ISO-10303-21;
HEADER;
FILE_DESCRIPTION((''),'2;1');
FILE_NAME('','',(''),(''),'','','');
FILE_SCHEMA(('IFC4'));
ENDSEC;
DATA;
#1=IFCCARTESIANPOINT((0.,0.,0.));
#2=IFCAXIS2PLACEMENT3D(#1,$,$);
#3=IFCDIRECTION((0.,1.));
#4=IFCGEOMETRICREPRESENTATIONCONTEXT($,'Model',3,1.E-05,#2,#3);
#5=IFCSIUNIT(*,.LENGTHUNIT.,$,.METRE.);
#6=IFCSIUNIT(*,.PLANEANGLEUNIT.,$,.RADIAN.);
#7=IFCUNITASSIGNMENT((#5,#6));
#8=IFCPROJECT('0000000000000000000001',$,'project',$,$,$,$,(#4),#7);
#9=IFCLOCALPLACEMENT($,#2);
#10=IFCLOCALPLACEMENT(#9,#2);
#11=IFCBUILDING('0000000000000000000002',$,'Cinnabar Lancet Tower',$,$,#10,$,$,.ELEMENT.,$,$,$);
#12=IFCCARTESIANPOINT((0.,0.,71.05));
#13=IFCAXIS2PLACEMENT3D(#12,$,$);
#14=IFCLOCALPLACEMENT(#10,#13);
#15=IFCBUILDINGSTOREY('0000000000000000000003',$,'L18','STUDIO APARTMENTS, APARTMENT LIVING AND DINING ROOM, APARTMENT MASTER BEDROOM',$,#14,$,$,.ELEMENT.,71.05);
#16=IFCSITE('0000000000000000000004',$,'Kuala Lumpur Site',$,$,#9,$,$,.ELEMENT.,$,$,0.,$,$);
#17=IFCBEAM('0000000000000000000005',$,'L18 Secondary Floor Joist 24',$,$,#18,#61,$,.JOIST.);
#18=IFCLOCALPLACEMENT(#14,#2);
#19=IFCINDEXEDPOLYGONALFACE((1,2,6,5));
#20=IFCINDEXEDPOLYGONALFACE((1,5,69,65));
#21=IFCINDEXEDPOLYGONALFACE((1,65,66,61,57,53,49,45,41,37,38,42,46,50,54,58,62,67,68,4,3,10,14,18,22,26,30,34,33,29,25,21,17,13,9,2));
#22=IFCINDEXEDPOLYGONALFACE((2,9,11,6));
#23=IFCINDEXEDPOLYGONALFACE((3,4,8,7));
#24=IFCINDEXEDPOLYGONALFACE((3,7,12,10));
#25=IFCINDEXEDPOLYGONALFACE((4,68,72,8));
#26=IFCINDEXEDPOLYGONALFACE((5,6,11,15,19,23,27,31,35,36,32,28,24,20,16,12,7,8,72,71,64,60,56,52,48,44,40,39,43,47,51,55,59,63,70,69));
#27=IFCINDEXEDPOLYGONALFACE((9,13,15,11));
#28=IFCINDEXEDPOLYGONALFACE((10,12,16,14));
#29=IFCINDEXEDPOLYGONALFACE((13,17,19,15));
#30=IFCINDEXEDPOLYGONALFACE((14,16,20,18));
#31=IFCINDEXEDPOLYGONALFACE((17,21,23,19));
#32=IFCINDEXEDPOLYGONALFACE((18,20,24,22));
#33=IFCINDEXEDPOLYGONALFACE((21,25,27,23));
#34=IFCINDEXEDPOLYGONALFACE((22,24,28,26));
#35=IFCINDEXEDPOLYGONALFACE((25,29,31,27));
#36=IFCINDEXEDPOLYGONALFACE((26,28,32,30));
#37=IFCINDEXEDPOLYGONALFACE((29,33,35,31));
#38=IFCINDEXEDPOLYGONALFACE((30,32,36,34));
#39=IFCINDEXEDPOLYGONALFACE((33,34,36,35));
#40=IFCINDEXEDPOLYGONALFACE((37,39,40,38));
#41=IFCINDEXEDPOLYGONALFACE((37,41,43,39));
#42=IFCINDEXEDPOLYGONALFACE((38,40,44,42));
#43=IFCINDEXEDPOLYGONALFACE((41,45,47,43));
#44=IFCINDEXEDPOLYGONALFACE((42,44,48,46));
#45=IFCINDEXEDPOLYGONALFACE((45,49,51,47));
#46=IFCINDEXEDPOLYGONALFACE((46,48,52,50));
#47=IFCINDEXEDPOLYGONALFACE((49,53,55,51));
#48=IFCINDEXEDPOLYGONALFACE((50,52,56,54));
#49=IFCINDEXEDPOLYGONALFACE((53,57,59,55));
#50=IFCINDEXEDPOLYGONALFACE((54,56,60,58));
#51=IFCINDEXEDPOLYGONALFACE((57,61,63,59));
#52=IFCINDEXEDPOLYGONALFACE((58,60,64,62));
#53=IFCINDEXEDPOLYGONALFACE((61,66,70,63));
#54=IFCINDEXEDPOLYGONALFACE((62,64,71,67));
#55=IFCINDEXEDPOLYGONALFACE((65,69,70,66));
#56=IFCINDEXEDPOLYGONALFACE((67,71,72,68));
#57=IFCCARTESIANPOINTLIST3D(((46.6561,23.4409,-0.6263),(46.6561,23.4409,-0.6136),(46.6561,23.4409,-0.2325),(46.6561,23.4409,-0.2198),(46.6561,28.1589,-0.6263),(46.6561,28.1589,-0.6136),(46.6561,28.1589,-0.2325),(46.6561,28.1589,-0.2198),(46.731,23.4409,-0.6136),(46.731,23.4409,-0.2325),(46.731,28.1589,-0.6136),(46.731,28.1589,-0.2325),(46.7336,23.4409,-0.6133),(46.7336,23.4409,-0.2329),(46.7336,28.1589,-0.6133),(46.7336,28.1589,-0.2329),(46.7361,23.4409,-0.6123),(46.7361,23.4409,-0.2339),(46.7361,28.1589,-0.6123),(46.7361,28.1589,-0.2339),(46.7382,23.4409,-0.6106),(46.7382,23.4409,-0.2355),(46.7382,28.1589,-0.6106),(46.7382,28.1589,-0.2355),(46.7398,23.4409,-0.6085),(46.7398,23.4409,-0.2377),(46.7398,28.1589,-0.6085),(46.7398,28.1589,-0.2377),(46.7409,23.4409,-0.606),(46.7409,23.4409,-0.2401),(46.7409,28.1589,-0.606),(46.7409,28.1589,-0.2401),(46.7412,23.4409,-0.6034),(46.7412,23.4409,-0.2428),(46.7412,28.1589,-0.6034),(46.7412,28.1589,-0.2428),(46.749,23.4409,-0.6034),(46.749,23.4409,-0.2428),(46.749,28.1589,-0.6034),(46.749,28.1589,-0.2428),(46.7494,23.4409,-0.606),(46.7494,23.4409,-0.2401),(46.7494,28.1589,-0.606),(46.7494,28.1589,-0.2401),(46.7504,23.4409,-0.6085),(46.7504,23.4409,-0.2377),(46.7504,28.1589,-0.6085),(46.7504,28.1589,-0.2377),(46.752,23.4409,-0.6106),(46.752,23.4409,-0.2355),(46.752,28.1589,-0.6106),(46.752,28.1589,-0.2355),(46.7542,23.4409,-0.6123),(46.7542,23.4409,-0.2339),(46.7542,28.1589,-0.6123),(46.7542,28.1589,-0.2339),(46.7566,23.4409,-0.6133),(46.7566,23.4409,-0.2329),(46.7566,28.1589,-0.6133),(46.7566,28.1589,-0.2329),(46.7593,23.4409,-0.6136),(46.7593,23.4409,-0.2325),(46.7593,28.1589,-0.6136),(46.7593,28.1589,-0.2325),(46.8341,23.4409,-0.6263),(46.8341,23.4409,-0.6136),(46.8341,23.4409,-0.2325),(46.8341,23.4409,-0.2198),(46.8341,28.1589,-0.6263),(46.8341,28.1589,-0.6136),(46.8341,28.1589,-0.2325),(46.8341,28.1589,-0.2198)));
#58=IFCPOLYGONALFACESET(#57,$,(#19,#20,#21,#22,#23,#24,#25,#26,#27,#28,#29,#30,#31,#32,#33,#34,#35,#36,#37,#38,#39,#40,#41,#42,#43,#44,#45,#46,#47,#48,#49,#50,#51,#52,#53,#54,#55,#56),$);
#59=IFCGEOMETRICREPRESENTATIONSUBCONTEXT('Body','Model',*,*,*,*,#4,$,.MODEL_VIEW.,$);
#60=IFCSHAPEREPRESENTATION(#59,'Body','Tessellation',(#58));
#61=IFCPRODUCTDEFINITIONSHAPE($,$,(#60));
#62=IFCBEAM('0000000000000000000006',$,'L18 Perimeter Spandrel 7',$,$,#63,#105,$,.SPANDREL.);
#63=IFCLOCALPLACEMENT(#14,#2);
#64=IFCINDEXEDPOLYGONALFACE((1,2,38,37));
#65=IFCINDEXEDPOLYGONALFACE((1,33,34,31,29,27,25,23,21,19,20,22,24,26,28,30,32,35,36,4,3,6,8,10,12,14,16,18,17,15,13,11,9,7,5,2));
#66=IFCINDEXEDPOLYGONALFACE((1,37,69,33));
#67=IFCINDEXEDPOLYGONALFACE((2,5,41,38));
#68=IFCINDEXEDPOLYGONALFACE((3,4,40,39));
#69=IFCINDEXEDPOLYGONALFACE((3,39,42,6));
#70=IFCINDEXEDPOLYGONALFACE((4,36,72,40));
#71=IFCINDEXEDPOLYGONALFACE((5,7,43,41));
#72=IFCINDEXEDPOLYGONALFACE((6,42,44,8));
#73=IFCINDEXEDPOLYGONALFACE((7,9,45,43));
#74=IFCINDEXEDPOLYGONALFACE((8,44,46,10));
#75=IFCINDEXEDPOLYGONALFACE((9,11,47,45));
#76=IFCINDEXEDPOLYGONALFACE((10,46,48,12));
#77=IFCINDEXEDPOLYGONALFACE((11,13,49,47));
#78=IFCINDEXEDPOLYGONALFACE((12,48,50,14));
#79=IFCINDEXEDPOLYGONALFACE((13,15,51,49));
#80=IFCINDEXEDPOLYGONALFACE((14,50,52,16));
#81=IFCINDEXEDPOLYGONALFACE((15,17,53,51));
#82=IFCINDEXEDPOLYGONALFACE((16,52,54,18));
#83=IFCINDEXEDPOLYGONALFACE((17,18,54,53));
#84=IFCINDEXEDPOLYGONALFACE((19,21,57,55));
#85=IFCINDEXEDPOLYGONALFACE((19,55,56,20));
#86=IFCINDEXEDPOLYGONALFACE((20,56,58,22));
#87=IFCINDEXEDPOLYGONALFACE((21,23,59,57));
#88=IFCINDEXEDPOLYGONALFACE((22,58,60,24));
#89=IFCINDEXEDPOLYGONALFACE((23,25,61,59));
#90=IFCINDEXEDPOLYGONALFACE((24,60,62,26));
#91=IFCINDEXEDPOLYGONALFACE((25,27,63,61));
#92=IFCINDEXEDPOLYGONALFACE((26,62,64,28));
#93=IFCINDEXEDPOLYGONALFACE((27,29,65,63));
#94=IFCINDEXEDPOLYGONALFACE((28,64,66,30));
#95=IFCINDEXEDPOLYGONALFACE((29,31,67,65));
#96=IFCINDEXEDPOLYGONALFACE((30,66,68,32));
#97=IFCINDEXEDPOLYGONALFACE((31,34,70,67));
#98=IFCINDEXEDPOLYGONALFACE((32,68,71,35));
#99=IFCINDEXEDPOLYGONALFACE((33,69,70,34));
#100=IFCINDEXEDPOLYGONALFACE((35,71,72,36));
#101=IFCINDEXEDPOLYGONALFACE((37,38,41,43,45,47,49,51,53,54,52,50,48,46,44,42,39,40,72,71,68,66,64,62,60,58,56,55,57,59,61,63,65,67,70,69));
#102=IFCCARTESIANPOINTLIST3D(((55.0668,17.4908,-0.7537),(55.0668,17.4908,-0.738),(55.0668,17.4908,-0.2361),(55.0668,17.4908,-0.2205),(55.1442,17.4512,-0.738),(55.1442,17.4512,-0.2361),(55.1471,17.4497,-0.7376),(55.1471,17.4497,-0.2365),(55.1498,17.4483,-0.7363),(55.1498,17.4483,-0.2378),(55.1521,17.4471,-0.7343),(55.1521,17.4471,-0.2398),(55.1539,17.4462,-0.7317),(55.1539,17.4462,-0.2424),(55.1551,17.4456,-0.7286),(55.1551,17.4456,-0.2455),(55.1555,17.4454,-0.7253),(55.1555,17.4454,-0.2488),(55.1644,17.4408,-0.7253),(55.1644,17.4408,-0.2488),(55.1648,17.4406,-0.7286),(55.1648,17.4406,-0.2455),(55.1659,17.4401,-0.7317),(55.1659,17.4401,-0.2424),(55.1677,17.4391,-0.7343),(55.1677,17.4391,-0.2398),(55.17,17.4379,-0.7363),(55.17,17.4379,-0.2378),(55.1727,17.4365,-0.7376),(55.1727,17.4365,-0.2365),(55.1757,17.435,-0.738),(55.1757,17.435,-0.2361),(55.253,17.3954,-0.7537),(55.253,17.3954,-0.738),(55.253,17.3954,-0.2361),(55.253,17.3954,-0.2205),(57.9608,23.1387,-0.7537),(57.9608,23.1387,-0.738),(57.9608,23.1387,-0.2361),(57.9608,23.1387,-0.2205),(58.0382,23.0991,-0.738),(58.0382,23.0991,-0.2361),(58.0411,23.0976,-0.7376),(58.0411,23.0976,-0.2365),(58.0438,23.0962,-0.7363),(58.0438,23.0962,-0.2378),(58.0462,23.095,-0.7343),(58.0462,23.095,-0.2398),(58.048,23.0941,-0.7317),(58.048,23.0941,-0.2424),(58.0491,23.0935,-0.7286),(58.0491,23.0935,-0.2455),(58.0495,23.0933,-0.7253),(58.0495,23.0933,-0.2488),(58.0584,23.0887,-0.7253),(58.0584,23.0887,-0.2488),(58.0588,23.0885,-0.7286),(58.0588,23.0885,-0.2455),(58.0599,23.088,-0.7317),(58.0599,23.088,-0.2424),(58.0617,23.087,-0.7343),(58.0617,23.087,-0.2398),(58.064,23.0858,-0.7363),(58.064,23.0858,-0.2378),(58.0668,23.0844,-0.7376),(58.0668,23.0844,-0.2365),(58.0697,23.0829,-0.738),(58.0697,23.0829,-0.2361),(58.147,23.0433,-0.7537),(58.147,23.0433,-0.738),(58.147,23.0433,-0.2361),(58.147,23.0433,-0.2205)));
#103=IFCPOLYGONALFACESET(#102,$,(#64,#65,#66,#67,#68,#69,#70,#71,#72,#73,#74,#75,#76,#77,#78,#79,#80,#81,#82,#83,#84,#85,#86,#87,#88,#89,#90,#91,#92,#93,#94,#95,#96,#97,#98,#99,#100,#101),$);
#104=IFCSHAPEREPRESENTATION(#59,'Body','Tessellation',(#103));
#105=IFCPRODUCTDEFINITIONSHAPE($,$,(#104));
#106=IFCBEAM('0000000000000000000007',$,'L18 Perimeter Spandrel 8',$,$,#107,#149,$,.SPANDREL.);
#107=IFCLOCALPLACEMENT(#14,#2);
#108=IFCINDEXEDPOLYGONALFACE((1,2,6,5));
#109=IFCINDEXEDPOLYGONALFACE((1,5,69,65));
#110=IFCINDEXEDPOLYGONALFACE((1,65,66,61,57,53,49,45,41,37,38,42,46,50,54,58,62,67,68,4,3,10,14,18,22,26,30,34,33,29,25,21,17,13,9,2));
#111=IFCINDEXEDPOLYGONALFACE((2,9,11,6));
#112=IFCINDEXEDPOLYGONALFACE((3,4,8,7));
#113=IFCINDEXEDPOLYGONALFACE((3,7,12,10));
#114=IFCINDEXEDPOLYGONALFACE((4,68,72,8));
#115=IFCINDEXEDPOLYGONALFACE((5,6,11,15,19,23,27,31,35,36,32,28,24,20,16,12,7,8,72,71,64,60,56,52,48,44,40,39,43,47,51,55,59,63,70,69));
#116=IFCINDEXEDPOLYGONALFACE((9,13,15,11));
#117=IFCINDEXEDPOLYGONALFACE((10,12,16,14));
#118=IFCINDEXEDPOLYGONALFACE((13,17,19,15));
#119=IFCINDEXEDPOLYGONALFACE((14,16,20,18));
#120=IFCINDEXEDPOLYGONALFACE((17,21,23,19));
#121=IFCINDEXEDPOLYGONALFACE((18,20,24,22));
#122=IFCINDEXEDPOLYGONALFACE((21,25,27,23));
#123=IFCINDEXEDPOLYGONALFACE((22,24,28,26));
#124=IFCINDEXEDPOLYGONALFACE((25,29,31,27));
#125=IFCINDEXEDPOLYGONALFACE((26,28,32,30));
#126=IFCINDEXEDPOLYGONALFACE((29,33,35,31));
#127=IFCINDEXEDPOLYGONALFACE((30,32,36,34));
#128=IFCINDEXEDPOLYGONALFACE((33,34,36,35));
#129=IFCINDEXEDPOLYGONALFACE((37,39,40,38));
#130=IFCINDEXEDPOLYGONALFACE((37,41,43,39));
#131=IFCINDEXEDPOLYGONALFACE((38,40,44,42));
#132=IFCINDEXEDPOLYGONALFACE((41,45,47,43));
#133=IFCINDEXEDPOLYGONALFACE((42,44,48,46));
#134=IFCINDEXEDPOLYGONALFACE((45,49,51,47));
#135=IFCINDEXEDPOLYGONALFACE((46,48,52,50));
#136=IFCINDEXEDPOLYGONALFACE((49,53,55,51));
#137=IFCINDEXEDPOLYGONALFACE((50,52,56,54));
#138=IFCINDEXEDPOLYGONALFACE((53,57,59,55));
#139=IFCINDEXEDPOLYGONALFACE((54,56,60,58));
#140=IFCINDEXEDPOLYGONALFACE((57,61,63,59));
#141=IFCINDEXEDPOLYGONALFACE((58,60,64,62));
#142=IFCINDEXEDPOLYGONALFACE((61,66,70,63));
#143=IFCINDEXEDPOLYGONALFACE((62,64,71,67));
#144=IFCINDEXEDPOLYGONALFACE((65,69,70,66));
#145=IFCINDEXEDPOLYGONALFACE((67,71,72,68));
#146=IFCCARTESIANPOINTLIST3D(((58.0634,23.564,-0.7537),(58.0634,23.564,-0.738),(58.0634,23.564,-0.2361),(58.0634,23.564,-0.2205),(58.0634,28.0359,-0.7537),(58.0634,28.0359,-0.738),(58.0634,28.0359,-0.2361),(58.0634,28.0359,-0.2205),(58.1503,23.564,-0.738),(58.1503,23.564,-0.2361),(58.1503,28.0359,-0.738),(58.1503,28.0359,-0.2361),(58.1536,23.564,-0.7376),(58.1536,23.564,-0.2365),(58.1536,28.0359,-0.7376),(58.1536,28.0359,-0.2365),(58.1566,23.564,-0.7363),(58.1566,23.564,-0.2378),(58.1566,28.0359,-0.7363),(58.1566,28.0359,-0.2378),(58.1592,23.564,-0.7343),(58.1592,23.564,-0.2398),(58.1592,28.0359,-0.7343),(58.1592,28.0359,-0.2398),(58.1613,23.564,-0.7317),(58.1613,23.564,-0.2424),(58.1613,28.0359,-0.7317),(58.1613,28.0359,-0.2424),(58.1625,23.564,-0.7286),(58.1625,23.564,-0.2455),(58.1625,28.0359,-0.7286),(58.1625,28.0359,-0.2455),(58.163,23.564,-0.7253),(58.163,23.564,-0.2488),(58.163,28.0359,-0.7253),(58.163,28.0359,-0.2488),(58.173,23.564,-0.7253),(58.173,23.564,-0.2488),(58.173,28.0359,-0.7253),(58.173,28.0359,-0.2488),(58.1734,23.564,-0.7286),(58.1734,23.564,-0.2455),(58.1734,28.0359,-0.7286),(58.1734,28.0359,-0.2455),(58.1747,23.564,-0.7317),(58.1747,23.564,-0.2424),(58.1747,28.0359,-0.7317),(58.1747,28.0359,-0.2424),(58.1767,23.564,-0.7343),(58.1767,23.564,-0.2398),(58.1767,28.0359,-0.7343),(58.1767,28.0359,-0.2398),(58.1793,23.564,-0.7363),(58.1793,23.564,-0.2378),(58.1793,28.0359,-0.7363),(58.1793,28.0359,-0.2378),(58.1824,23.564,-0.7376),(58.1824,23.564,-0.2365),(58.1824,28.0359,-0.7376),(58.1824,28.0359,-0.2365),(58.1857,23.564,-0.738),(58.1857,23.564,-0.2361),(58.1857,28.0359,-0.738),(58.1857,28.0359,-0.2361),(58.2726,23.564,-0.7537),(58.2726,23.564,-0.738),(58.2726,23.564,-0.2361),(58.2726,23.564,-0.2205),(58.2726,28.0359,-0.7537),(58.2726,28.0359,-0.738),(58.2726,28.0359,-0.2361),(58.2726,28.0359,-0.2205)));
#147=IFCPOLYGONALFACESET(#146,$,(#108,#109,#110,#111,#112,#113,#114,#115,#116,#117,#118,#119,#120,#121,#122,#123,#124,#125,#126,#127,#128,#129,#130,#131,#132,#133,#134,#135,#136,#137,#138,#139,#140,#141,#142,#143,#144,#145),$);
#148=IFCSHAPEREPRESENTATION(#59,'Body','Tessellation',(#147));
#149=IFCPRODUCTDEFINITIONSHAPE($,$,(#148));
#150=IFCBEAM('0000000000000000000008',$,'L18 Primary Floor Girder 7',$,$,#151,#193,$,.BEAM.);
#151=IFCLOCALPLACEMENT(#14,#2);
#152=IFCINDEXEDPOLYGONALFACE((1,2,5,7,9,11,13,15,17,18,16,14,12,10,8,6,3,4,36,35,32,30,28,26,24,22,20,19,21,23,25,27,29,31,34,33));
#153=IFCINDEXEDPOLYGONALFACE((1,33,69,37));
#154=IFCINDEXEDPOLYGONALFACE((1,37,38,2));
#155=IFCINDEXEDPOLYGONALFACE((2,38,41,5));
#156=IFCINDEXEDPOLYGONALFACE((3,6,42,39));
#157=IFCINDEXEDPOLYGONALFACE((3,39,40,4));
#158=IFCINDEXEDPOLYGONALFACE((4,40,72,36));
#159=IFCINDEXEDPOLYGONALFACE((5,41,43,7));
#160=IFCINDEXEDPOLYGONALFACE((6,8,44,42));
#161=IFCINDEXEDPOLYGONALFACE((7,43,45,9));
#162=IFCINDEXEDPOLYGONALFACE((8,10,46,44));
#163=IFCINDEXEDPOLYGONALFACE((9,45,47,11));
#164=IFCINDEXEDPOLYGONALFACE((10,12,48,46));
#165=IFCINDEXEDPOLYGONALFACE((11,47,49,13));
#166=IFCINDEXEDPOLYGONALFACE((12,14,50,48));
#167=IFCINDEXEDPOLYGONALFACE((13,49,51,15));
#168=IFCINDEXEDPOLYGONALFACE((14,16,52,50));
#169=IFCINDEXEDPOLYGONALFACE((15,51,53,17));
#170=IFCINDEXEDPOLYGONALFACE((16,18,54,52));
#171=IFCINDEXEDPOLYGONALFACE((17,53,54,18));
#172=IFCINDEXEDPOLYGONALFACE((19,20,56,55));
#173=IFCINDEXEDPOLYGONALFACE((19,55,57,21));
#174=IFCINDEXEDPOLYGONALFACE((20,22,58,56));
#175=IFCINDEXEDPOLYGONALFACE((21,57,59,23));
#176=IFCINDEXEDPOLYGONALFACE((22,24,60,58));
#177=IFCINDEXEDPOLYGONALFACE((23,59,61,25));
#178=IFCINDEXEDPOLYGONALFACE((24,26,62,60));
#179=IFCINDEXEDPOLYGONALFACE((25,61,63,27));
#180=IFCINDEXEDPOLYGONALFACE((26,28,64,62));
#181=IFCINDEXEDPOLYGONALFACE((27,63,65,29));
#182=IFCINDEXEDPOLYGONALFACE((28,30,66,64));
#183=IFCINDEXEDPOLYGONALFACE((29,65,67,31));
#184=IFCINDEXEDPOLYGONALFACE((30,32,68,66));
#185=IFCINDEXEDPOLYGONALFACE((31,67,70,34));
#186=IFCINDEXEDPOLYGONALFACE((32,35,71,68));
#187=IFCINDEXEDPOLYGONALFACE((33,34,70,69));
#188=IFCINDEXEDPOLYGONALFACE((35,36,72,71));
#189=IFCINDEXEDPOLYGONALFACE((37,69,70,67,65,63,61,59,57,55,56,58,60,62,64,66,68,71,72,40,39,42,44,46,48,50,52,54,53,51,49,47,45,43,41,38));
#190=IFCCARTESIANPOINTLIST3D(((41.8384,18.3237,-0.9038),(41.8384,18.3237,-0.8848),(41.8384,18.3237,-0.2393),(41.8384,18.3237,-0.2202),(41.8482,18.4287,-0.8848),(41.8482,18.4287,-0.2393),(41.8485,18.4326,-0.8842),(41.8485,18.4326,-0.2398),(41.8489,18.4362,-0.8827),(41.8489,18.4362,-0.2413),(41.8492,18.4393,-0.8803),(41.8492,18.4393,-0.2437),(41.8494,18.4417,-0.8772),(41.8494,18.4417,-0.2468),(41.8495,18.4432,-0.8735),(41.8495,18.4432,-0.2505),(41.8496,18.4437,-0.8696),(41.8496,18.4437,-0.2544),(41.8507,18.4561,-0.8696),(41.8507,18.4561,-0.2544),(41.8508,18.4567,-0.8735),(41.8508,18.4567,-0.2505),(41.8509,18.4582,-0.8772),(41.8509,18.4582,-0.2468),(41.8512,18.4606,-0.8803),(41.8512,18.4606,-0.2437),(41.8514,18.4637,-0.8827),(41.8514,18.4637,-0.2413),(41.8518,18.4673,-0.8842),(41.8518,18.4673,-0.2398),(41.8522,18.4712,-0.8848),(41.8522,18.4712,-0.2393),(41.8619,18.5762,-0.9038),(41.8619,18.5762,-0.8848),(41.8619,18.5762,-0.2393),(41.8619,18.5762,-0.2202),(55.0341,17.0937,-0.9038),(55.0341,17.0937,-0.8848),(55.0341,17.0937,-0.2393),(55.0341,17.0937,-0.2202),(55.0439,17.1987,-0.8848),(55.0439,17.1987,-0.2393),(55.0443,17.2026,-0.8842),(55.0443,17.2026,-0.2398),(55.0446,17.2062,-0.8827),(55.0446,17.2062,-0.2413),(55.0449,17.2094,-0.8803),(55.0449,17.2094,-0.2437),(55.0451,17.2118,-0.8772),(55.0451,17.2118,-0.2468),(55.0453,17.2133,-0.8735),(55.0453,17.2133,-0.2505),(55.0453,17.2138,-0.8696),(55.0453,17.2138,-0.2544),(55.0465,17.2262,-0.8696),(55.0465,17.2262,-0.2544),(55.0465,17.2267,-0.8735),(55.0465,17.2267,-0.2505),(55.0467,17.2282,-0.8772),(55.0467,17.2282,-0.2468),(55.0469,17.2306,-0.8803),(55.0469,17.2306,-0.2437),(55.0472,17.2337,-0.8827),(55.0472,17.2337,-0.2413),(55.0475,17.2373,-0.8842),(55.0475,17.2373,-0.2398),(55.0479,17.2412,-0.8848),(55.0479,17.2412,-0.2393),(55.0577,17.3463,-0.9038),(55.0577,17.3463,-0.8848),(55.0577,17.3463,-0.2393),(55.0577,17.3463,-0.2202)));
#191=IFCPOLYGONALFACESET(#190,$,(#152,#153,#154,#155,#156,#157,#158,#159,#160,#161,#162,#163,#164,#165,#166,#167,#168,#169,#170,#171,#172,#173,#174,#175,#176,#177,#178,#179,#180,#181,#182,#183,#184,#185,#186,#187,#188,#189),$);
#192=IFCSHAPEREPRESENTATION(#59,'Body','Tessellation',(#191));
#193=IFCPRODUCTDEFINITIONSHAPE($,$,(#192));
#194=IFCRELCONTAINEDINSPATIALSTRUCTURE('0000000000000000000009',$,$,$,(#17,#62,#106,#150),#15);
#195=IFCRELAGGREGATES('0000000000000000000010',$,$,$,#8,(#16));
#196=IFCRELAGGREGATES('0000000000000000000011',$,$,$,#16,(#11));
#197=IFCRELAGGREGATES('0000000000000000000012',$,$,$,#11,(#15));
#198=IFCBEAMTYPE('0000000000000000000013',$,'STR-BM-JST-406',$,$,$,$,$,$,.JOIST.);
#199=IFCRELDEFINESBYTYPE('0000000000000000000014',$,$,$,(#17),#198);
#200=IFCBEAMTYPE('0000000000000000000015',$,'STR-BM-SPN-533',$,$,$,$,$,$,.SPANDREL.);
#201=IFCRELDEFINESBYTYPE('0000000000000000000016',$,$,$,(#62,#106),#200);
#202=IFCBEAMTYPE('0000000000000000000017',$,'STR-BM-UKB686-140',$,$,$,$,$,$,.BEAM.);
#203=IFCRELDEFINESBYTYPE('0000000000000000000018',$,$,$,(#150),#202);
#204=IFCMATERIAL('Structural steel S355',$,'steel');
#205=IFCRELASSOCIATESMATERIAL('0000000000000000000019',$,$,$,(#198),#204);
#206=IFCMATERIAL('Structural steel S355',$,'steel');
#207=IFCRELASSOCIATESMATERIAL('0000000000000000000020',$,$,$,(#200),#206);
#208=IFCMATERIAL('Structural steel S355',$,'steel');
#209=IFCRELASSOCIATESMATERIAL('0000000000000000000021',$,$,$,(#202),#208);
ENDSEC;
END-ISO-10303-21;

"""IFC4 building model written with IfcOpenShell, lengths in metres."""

from ifc_helpers import new_model, si_unit, direction, frame, origin, origin_2d, place, context, subcontext, project, spatial, i_section, extrude, material, material_profile, profile_set, type_object, element, save


model = new_model("IFC4")

# Units and contexts
model_context = context("Model", 3, precision=1e-05, world=origin(), true_north=direction((0.0, 1.0)))
body_context = subcontext(model_context, "Body", "Model", "MODEL_VIEW")
ifc_project = project(units=[si_unit("LENGTHUNIT", "METRE"), si_unit("PLANEANGLEUNIT", "RADIAN")], contexts=[model_context])

# Site, building, storey
site_placement = place(None, origin())
site = spatial("IfcSite", under=ifc_project, at=site_placement, Name="Kuala Lumpur Site", CompositionType="ELEMENT", RefElevation=0.0)
building_placement = place(site_placement, origin())
building = spatial("IfcBuilding", under=site, at=building_placement, Name="Cinnabar Lancet Tower", CompositionType="ELEMENT")
storey_placement = place(building_placement, frame((0.0, 0.0, 71.05)))
storey = spatial("IfcBuildingStorey", under=building, at=storey_placement, Name="L18", Description="STUDIO APARTMENTS, APARTMENT LIVING AND DINING ROOM, APARTMENT MASTER BEDROOM", CompositionType="ELEMENT", Elevation=71.05)

# Beams
ifc_material_1 = material(Name="Structural steel S355", Category="steel")
ifc_material_profile_1 = material_profile(ifc_material_1, i_section(OverallWidth=0.178, OverallDepth=0.4065, WebThickness=0.0078, FlangeThickness=0.0127, FilletRadius=0.0103, at=origin_2d()), Name="UKB 406x178x60")
ifc_profile_set_1 = profile_set([ifc_material_profile_1], Name="Structural steel S355")
beam_type_1 = type_object("IfcBeamType", Name="STR-BM-JST-406", PredefinedType="JOIST", material=ifc_profile_set_1)
for number, where, z_axis, x_axis, name in (
    (1, (46.7451, 23.4409, -0.4231), (0.0, 1.0, 0.0), (-1.0, 0.0, 0.0), "L18 Secondary Floor Joist 24"),
):
    element("IfcBeam", number, at=place(storey_placement, frame(where, z_axis=z_axis, x_axis=x_axis)), inside=storey, type_object=beam_type_1, Name=name, PredefinedType="JOIST", context=body_context, shape_type="SweptSolid", body=[
        extrude(i_section(OverallWidth=0.178, OverallDepth=0.4065, WebThickness=0.0078, FlangeThickness=0.0127, FilletRadius=0.0103, at=origin_2d()), origin(), (0.0, 0.0, 1.0), 4.718),
    ])
ifc_material_2 = material(Name="Structural steel S355", Category="steel")
ifc_material_profile_2 = material_profile(ifc_material_2, i_section(OverallWidth=0.2092, OverallDepth=0.5332, WebThickness=0.01, FlangeThickness=0.0156, FilletRadius=0.0127, at=origin_2d()), Name="UKB 533x210x92")
ifc_profile_set_2 = profile_set([ifc_material_profile_2], Name="Structural steel S355")
beam_type_2 = type_object("IfcBeamType", Name="STR-BM-SPN-533", PredefinedType="SPANDREL", material=ifc_profile_set_2)
beam_1_placement = place(storey_placement, frame((55.1599, 17.4431, -0.4871), z_axis=(0.456025, 0.889967, 0.0), x_axis=(-0.889967, 0.456025, 0.0)))
element("IfcBeam", 2, at=beam_1_placement, inside=storey, type_object=beam_type_2, Name="L18 Perimeter Spandrel 7", PredefinedType="SPANDREL", context=body_context, shape_type="SweptSolid", body=[
    extrude(i_section(OverallWidth=0.2092, OverallDepth=0.5332, WebThickness=0.01, FlangeThickness=0.0156, FilletRadius=0.0127, at=origin_2d()), origin(), (0.0, 0.0, 1.0), 6.3462),
])
beam_2_placement = place(storey_placement, frame((58.168, 23.564, -0.4871), z_axis=(0.0, 1.0, 0.0), x_axis=(-1.0, 0.0, 0.0)))
element("IfcBeam", 3, at=beam_2_placement, inside=storey, type_object=beam_type_2, Name="L18 Perimeter Spandrel 8", PredefinedType="SPANDREL", context=body_context, shape_type="SweptSolid", body=[
    extrude(i_section(OverallWidth=0.2092, OverallDepth=0.5332, WebThickness=0.01, FlangeThickness=0.0156, FilletRadius=0.0127, at=origin_2d()), origin(), (0.0, 0.0, 1.0), 4.4719),
])
ifc_material_3 = material(Name="Structural steel S355", Category="steel")
ifc_material_profile_3 = material_profile(ifc_material_3, i_section(OverallWidth=0.2537, OverallDepth=0.6836, WebThickness=0.0125, FlangeThickness=0.019, FilletRadius=0.0151, at=origin_2d()), Name="UKB 686x254x140")
ifc_profile_set_3 = profile_set([ifc_material_profile_3], Name="Structural steel S355")
beam_type_3 = type_object("IfcBeamType", Name="STR-BM-UKB686-140", PredefinedType="BEAM", material=ifc_profile_set_3)
beam_3_placement = place(storey_placement, frame((55.0459, 17.22, -0.562), z_axis=(-0.995684, 0.092808, 0.0), x_axis=(-0.092808, -0.995684, 0.0)))
element("IfcBeam", 4, at=beam_3_placement, inside=storey, type_object=beam_type_3, Name="L18 Primary Floor Girder 7", PredefinedType="BEAM", context=body_context, shape_type="SweptSolid", body=[
    extrude(i_section(OverallWidth=0.2537, OverallDepth=0.6836, WebThickness=0.0125, FlangeThickness=0.019, FilletRadius=0.0151, at=origin_2d()), origin(), (0.0, 0.0, 1.0), 13.2529),
])

save(model, "model.ifc")
